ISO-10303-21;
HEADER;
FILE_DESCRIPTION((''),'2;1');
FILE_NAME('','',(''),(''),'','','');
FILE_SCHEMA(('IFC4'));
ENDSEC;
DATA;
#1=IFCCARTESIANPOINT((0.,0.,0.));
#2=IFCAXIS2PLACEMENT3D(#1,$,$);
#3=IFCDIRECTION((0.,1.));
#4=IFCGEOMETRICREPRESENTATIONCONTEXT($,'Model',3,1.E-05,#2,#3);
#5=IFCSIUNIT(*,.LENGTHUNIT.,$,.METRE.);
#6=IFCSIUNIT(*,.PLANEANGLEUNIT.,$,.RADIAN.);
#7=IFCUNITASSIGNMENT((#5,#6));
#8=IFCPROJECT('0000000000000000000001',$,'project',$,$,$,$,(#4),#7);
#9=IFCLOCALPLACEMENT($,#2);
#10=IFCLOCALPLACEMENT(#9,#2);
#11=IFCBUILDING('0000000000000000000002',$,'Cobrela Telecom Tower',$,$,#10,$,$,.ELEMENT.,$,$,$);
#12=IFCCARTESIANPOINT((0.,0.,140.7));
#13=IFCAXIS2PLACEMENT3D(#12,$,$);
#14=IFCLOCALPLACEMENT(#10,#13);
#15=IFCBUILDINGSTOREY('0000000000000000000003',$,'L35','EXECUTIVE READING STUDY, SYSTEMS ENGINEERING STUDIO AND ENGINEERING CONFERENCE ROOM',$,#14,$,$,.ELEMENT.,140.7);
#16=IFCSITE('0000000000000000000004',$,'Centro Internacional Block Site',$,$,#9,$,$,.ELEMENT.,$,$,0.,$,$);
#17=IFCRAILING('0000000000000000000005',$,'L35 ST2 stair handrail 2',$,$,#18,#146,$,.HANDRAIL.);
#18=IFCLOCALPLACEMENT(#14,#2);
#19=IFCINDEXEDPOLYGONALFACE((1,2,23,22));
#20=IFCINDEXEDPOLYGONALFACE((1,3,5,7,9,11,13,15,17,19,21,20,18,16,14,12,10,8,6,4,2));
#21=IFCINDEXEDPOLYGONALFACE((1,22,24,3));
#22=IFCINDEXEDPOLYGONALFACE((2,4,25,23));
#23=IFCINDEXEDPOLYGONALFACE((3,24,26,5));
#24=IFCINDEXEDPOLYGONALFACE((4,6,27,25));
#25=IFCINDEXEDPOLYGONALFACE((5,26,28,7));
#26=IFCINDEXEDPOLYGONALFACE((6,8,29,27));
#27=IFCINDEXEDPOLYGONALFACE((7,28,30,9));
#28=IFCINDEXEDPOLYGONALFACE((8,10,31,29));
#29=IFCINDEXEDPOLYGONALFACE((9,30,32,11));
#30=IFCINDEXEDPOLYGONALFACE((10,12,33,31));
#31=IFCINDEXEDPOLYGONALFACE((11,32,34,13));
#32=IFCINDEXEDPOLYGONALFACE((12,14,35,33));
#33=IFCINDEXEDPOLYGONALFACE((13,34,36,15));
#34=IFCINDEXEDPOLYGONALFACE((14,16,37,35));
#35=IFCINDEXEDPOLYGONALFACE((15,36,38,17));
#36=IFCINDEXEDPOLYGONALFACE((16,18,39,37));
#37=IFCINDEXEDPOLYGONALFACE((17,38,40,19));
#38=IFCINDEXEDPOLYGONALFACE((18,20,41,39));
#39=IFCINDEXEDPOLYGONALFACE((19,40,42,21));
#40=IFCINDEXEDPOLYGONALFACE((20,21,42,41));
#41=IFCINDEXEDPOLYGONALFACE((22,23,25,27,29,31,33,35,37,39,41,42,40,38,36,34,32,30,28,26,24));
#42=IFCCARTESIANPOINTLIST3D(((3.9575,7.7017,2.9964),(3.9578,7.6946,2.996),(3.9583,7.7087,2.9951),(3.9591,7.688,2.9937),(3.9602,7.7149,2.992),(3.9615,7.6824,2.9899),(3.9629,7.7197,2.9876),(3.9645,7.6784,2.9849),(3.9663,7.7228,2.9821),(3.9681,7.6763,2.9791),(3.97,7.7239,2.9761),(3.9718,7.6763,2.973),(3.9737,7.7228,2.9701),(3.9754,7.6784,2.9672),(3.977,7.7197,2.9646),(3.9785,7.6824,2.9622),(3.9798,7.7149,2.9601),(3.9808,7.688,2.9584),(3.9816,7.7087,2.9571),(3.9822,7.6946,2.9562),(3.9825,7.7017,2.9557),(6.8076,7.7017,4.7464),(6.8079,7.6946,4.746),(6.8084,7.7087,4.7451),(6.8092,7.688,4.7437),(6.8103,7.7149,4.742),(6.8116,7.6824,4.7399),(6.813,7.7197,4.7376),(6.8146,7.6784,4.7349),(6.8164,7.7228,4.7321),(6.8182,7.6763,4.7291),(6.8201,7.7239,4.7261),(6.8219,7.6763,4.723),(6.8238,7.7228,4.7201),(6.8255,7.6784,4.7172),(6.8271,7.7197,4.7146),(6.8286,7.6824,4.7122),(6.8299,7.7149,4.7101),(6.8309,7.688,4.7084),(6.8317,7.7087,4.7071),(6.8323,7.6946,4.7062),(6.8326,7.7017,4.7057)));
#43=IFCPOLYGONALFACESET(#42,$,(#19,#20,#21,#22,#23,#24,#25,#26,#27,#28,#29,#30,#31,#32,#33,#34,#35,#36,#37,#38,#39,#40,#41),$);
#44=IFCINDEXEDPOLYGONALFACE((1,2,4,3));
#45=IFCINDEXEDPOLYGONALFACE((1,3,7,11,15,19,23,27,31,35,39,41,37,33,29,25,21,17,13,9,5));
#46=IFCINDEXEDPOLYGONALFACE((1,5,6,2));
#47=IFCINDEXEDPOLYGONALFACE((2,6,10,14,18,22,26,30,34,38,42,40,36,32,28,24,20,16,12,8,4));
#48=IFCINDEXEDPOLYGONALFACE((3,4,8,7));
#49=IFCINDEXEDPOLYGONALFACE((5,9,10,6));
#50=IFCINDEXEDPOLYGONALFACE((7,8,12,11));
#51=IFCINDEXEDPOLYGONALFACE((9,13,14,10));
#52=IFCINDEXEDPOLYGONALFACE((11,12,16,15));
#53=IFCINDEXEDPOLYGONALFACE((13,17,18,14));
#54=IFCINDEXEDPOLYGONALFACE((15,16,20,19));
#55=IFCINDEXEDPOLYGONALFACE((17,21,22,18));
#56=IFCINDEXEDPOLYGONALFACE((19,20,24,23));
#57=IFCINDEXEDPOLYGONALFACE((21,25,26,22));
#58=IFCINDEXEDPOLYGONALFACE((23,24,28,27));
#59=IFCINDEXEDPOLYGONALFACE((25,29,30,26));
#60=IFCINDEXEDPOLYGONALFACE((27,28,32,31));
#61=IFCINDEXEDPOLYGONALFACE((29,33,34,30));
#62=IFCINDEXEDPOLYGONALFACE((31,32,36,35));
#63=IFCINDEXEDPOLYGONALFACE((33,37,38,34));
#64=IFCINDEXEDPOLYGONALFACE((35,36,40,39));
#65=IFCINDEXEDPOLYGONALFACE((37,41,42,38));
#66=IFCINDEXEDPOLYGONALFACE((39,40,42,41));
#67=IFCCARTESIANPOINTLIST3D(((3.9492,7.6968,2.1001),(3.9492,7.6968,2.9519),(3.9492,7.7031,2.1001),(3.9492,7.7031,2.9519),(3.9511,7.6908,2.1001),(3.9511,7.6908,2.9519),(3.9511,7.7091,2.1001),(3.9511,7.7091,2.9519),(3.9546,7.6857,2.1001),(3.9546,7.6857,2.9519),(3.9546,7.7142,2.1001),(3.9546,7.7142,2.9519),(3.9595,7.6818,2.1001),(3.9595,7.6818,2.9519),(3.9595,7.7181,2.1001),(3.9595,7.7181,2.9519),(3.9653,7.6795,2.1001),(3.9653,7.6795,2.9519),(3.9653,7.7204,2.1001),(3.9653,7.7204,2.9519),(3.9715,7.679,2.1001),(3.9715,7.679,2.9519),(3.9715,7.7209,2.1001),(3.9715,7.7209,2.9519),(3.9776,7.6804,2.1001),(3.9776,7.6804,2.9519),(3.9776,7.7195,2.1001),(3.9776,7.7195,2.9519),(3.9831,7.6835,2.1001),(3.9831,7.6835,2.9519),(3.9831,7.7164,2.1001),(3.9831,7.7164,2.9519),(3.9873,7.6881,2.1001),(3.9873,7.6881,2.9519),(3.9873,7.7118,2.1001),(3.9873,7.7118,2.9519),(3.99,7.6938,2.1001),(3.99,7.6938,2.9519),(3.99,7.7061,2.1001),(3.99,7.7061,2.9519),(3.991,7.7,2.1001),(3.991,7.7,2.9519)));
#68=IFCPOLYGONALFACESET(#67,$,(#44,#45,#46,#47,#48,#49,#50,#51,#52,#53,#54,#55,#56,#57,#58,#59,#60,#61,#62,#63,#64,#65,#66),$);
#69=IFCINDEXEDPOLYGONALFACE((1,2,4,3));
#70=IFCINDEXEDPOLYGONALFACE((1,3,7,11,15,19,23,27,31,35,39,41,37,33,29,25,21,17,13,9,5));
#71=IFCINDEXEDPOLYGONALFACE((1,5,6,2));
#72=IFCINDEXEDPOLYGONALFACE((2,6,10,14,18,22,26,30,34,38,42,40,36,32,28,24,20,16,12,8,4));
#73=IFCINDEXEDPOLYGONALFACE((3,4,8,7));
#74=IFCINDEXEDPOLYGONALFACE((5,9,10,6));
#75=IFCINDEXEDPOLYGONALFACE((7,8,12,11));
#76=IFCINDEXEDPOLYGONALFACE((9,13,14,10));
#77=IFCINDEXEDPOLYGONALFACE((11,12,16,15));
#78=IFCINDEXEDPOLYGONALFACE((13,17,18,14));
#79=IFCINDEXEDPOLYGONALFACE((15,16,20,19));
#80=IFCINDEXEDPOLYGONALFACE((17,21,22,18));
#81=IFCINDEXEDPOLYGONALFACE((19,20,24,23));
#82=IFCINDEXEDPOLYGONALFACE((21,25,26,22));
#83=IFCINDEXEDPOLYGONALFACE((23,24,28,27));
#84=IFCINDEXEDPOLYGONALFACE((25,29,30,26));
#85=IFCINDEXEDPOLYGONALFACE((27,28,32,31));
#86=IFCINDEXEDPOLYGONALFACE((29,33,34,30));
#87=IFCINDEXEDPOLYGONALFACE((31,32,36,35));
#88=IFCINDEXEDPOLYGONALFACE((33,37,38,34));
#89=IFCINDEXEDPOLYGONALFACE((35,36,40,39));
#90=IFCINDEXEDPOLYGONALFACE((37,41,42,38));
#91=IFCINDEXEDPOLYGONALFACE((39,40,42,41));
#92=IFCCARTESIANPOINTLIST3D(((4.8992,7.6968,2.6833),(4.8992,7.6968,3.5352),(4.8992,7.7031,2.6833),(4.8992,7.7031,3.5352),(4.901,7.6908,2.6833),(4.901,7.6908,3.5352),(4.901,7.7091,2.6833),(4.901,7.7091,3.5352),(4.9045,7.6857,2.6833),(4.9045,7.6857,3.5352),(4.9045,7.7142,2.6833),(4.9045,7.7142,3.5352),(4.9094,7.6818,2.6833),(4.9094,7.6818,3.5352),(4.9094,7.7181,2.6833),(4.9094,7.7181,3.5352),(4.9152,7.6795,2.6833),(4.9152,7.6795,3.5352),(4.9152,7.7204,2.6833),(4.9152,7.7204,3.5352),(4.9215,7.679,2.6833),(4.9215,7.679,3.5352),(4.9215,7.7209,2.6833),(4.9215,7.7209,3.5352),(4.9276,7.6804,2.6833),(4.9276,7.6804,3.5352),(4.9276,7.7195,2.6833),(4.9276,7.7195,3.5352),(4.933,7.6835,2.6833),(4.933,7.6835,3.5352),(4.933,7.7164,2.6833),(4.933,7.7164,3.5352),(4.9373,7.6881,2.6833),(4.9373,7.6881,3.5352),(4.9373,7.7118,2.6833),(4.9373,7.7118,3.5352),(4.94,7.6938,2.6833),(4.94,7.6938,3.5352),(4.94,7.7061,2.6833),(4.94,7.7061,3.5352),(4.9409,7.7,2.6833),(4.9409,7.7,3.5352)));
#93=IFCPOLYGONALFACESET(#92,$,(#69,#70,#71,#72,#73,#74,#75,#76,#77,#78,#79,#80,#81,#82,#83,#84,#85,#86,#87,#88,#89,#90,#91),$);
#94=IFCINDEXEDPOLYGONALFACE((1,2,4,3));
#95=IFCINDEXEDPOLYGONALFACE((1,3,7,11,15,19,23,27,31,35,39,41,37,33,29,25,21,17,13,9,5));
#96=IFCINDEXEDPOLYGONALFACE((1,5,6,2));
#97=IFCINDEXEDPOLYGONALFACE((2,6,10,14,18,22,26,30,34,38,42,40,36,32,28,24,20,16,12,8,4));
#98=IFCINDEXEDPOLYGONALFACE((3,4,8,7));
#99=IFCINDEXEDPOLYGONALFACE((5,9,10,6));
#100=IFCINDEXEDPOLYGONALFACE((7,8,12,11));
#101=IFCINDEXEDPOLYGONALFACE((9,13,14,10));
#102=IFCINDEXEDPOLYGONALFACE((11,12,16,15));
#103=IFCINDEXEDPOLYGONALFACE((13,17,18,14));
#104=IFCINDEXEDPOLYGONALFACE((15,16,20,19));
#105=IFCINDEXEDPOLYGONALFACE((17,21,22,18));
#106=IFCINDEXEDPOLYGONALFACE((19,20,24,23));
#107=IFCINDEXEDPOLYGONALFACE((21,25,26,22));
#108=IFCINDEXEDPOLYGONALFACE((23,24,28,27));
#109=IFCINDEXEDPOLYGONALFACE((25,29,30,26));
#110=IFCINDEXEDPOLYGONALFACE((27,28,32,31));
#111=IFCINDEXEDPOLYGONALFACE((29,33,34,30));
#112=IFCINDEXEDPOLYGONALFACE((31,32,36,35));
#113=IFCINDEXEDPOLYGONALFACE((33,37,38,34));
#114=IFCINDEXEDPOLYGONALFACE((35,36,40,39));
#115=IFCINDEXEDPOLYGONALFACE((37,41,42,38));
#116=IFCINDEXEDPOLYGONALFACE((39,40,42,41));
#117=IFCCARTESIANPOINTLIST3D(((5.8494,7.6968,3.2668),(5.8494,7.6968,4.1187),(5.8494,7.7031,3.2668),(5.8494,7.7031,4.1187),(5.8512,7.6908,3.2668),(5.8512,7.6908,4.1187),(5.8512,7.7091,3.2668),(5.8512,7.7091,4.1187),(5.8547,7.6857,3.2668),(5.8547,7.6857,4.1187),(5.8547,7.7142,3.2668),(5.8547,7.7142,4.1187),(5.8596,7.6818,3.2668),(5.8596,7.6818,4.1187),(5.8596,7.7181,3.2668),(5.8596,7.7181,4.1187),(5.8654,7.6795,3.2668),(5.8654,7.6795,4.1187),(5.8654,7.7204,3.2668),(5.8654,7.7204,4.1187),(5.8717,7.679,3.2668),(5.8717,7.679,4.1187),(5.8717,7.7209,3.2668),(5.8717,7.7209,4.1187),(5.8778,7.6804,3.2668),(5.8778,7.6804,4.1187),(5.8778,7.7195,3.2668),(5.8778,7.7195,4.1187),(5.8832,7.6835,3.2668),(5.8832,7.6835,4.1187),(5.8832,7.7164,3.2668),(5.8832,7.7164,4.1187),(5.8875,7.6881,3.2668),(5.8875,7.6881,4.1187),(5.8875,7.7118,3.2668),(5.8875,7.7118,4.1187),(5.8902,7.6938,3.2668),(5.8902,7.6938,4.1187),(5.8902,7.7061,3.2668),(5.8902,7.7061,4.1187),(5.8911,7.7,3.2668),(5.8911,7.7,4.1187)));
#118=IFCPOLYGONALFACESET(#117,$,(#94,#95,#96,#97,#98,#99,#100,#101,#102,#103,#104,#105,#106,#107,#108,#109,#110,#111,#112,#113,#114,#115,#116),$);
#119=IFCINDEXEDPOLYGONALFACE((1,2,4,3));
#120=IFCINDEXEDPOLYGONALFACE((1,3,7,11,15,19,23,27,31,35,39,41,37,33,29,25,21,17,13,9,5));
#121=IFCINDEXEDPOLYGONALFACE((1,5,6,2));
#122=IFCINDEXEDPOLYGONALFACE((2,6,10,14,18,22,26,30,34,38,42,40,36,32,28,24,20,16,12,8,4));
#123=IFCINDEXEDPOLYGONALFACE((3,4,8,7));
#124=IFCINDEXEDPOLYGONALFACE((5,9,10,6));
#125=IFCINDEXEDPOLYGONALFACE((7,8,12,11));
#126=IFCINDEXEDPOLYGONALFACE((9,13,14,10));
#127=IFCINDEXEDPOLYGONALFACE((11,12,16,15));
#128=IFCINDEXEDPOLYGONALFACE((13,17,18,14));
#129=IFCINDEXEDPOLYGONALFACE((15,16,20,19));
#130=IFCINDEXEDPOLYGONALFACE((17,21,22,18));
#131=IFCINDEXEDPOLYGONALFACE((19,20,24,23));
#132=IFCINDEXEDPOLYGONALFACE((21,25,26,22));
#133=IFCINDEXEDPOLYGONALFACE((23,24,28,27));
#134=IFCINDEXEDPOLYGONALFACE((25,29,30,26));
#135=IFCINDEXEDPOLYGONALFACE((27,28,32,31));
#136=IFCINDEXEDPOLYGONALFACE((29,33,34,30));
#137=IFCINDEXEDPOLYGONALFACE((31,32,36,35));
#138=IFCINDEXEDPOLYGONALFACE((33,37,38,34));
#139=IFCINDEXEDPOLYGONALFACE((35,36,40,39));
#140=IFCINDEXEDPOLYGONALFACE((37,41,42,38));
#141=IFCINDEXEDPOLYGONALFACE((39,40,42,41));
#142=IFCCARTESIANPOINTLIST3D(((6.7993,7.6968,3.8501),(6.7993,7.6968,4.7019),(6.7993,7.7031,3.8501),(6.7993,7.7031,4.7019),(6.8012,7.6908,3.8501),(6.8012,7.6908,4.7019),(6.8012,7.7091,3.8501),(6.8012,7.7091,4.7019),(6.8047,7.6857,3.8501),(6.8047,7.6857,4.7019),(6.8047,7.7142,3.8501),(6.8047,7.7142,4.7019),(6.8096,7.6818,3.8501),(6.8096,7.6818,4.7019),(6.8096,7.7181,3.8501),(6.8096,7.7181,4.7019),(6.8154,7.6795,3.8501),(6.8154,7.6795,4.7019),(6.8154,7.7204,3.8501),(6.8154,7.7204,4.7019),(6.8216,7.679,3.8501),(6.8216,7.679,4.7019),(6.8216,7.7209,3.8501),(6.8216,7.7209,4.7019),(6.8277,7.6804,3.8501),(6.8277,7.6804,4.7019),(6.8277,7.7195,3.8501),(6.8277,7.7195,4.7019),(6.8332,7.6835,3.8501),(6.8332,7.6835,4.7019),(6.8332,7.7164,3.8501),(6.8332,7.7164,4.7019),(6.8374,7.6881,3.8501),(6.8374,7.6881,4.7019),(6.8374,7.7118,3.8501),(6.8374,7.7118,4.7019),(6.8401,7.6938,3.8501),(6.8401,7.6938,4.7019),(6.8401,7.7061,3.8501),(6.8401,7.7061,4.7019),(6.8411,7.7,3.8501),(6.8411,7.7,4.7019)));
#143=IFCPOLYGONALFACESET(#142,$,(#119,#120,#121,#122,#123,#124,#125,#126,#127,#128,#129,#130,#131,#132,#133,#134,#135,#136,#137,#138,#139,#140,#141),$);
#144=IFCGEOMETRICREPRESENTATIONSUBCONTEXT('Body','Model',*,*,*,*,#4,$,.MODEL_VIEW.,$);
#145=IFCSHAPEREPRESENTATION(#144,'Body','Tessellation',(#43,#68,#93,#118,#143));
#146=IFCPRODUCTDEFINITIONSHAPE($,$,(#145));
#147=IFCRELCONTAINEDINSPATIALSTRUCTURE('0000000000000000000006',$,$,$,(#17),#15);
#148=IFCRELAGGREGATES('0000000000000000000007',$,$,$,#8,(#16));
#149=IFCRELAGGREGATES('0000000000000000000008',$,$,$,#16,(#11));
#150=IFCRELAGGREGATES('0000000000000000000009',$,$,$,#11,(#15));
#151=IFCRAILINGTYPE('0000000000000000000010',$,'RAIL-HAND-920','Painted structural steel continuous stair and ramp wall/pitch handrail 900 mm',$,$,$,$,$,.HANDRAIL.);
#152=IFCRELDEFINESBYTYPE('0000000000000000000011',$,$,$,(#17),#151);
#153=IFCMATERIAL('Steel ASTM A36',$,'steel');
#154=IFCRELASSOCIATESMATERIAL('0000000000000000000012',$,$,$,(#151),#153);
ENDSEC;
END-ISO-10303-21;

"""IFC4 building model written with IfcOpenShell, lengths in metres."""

from ifc_helpers import new_model, si_unit, direction, frame, origin, origin_2d, place, context, subcontext, project, spatial, circle, extrude, material, type_object, element, save


model = new_model("IFC4")

# Units and contexts
model_context = context("Model", 3, precision=1e-05, world=origin(), true_north=direction((0.0, 1.0)))
body_context = subcontext(model_context, "Body", "Model", "MODEL_VIEW")
ifc_project = project(units=[si_unit("LENGTHUNIT", "METRE"), si_unit("PLANEANGLEUNIT", "RADIAN")], contexts=[model_context])

# Site, building, storey
site_placement = place(None, origin())
site = spatial("IfcSite", under=ifc_project, at=site_placement, Name="Centro Internacional Block Site", CompositionType="ELEMENT", RefElevation=0.0)
building_placement = place(site_placement, origin())
building = spatial("IfcBuilding", under=site, at=building_placement, Name="Cobrela Telecom Tower", CompositionType="ELEMENT")
storey_placement = place(building_placement, frame((0.0, 0.0, 140.7)))
storey = spatial("IfcBuildingStorey", under=building, at=storey_placement, Name="L35", Description="EXECUTIVE READING STUDY, SYSTEMS ENGINEERING STUDIO AND ENGINEERING CONFERENCE ROOM", CompositionType="ELEMENT", Elevation=140.7)

# Railing
ifc_material_1 = material(Name="Steel ASTM A36", Category="steel")
railing_type = type_object("IfcRailingType", Name="RAIL-HAND-920", Description="Painted structural steel continuous stair and ramp wall/pitch handrail 900 mm", PredefinedType="HANDRAIL", material=ifc_material_1)
railing_placement = place(storey_placement, frame((3.97, 7.7, 2.1001)))
element("IfcRailing", 1, at=railing_placement, inside=storey, type_object=railing_type, Name="L35 ST2 stair handrail 2", PredefinedType="HANDRAIL", context=body_context, shape_type="SweptSolid", body=[
    extrude(circle(Radius=0.0239, at=origin_2d()), frame((0.0, 0.0, 0.876), z_axis=(0.852179, 0.0, 0.52325), x_axis=(0.0, 1.0, 0.0)), (0.0, 0.0, 1.0), 3.3445),
    extrude(circle(Radius=0.021, at=origin_2d()), origin(), (0.0, 0.0, 1.0), 0.8518),
    extrude(circle(Radius=0.021, at=origin_2d()), frame((0.95, 0.0, 0.5833)), (0.0, 0.0, 1.0), 0.8518),
    extrude(circle(Radius=0.021, at=origin_2d()), frame((1.9001, 0.0, 1.1667)), (0.0, 0.0, 1.0), 0.8518),
    extrude(circle(Radius=0.021, at=origin_2d()), frame((2.8501, 0.0, 1.75)), (0.0, 0.0, 1.0), 0.8518),
])

save(model, "model.ifc")
